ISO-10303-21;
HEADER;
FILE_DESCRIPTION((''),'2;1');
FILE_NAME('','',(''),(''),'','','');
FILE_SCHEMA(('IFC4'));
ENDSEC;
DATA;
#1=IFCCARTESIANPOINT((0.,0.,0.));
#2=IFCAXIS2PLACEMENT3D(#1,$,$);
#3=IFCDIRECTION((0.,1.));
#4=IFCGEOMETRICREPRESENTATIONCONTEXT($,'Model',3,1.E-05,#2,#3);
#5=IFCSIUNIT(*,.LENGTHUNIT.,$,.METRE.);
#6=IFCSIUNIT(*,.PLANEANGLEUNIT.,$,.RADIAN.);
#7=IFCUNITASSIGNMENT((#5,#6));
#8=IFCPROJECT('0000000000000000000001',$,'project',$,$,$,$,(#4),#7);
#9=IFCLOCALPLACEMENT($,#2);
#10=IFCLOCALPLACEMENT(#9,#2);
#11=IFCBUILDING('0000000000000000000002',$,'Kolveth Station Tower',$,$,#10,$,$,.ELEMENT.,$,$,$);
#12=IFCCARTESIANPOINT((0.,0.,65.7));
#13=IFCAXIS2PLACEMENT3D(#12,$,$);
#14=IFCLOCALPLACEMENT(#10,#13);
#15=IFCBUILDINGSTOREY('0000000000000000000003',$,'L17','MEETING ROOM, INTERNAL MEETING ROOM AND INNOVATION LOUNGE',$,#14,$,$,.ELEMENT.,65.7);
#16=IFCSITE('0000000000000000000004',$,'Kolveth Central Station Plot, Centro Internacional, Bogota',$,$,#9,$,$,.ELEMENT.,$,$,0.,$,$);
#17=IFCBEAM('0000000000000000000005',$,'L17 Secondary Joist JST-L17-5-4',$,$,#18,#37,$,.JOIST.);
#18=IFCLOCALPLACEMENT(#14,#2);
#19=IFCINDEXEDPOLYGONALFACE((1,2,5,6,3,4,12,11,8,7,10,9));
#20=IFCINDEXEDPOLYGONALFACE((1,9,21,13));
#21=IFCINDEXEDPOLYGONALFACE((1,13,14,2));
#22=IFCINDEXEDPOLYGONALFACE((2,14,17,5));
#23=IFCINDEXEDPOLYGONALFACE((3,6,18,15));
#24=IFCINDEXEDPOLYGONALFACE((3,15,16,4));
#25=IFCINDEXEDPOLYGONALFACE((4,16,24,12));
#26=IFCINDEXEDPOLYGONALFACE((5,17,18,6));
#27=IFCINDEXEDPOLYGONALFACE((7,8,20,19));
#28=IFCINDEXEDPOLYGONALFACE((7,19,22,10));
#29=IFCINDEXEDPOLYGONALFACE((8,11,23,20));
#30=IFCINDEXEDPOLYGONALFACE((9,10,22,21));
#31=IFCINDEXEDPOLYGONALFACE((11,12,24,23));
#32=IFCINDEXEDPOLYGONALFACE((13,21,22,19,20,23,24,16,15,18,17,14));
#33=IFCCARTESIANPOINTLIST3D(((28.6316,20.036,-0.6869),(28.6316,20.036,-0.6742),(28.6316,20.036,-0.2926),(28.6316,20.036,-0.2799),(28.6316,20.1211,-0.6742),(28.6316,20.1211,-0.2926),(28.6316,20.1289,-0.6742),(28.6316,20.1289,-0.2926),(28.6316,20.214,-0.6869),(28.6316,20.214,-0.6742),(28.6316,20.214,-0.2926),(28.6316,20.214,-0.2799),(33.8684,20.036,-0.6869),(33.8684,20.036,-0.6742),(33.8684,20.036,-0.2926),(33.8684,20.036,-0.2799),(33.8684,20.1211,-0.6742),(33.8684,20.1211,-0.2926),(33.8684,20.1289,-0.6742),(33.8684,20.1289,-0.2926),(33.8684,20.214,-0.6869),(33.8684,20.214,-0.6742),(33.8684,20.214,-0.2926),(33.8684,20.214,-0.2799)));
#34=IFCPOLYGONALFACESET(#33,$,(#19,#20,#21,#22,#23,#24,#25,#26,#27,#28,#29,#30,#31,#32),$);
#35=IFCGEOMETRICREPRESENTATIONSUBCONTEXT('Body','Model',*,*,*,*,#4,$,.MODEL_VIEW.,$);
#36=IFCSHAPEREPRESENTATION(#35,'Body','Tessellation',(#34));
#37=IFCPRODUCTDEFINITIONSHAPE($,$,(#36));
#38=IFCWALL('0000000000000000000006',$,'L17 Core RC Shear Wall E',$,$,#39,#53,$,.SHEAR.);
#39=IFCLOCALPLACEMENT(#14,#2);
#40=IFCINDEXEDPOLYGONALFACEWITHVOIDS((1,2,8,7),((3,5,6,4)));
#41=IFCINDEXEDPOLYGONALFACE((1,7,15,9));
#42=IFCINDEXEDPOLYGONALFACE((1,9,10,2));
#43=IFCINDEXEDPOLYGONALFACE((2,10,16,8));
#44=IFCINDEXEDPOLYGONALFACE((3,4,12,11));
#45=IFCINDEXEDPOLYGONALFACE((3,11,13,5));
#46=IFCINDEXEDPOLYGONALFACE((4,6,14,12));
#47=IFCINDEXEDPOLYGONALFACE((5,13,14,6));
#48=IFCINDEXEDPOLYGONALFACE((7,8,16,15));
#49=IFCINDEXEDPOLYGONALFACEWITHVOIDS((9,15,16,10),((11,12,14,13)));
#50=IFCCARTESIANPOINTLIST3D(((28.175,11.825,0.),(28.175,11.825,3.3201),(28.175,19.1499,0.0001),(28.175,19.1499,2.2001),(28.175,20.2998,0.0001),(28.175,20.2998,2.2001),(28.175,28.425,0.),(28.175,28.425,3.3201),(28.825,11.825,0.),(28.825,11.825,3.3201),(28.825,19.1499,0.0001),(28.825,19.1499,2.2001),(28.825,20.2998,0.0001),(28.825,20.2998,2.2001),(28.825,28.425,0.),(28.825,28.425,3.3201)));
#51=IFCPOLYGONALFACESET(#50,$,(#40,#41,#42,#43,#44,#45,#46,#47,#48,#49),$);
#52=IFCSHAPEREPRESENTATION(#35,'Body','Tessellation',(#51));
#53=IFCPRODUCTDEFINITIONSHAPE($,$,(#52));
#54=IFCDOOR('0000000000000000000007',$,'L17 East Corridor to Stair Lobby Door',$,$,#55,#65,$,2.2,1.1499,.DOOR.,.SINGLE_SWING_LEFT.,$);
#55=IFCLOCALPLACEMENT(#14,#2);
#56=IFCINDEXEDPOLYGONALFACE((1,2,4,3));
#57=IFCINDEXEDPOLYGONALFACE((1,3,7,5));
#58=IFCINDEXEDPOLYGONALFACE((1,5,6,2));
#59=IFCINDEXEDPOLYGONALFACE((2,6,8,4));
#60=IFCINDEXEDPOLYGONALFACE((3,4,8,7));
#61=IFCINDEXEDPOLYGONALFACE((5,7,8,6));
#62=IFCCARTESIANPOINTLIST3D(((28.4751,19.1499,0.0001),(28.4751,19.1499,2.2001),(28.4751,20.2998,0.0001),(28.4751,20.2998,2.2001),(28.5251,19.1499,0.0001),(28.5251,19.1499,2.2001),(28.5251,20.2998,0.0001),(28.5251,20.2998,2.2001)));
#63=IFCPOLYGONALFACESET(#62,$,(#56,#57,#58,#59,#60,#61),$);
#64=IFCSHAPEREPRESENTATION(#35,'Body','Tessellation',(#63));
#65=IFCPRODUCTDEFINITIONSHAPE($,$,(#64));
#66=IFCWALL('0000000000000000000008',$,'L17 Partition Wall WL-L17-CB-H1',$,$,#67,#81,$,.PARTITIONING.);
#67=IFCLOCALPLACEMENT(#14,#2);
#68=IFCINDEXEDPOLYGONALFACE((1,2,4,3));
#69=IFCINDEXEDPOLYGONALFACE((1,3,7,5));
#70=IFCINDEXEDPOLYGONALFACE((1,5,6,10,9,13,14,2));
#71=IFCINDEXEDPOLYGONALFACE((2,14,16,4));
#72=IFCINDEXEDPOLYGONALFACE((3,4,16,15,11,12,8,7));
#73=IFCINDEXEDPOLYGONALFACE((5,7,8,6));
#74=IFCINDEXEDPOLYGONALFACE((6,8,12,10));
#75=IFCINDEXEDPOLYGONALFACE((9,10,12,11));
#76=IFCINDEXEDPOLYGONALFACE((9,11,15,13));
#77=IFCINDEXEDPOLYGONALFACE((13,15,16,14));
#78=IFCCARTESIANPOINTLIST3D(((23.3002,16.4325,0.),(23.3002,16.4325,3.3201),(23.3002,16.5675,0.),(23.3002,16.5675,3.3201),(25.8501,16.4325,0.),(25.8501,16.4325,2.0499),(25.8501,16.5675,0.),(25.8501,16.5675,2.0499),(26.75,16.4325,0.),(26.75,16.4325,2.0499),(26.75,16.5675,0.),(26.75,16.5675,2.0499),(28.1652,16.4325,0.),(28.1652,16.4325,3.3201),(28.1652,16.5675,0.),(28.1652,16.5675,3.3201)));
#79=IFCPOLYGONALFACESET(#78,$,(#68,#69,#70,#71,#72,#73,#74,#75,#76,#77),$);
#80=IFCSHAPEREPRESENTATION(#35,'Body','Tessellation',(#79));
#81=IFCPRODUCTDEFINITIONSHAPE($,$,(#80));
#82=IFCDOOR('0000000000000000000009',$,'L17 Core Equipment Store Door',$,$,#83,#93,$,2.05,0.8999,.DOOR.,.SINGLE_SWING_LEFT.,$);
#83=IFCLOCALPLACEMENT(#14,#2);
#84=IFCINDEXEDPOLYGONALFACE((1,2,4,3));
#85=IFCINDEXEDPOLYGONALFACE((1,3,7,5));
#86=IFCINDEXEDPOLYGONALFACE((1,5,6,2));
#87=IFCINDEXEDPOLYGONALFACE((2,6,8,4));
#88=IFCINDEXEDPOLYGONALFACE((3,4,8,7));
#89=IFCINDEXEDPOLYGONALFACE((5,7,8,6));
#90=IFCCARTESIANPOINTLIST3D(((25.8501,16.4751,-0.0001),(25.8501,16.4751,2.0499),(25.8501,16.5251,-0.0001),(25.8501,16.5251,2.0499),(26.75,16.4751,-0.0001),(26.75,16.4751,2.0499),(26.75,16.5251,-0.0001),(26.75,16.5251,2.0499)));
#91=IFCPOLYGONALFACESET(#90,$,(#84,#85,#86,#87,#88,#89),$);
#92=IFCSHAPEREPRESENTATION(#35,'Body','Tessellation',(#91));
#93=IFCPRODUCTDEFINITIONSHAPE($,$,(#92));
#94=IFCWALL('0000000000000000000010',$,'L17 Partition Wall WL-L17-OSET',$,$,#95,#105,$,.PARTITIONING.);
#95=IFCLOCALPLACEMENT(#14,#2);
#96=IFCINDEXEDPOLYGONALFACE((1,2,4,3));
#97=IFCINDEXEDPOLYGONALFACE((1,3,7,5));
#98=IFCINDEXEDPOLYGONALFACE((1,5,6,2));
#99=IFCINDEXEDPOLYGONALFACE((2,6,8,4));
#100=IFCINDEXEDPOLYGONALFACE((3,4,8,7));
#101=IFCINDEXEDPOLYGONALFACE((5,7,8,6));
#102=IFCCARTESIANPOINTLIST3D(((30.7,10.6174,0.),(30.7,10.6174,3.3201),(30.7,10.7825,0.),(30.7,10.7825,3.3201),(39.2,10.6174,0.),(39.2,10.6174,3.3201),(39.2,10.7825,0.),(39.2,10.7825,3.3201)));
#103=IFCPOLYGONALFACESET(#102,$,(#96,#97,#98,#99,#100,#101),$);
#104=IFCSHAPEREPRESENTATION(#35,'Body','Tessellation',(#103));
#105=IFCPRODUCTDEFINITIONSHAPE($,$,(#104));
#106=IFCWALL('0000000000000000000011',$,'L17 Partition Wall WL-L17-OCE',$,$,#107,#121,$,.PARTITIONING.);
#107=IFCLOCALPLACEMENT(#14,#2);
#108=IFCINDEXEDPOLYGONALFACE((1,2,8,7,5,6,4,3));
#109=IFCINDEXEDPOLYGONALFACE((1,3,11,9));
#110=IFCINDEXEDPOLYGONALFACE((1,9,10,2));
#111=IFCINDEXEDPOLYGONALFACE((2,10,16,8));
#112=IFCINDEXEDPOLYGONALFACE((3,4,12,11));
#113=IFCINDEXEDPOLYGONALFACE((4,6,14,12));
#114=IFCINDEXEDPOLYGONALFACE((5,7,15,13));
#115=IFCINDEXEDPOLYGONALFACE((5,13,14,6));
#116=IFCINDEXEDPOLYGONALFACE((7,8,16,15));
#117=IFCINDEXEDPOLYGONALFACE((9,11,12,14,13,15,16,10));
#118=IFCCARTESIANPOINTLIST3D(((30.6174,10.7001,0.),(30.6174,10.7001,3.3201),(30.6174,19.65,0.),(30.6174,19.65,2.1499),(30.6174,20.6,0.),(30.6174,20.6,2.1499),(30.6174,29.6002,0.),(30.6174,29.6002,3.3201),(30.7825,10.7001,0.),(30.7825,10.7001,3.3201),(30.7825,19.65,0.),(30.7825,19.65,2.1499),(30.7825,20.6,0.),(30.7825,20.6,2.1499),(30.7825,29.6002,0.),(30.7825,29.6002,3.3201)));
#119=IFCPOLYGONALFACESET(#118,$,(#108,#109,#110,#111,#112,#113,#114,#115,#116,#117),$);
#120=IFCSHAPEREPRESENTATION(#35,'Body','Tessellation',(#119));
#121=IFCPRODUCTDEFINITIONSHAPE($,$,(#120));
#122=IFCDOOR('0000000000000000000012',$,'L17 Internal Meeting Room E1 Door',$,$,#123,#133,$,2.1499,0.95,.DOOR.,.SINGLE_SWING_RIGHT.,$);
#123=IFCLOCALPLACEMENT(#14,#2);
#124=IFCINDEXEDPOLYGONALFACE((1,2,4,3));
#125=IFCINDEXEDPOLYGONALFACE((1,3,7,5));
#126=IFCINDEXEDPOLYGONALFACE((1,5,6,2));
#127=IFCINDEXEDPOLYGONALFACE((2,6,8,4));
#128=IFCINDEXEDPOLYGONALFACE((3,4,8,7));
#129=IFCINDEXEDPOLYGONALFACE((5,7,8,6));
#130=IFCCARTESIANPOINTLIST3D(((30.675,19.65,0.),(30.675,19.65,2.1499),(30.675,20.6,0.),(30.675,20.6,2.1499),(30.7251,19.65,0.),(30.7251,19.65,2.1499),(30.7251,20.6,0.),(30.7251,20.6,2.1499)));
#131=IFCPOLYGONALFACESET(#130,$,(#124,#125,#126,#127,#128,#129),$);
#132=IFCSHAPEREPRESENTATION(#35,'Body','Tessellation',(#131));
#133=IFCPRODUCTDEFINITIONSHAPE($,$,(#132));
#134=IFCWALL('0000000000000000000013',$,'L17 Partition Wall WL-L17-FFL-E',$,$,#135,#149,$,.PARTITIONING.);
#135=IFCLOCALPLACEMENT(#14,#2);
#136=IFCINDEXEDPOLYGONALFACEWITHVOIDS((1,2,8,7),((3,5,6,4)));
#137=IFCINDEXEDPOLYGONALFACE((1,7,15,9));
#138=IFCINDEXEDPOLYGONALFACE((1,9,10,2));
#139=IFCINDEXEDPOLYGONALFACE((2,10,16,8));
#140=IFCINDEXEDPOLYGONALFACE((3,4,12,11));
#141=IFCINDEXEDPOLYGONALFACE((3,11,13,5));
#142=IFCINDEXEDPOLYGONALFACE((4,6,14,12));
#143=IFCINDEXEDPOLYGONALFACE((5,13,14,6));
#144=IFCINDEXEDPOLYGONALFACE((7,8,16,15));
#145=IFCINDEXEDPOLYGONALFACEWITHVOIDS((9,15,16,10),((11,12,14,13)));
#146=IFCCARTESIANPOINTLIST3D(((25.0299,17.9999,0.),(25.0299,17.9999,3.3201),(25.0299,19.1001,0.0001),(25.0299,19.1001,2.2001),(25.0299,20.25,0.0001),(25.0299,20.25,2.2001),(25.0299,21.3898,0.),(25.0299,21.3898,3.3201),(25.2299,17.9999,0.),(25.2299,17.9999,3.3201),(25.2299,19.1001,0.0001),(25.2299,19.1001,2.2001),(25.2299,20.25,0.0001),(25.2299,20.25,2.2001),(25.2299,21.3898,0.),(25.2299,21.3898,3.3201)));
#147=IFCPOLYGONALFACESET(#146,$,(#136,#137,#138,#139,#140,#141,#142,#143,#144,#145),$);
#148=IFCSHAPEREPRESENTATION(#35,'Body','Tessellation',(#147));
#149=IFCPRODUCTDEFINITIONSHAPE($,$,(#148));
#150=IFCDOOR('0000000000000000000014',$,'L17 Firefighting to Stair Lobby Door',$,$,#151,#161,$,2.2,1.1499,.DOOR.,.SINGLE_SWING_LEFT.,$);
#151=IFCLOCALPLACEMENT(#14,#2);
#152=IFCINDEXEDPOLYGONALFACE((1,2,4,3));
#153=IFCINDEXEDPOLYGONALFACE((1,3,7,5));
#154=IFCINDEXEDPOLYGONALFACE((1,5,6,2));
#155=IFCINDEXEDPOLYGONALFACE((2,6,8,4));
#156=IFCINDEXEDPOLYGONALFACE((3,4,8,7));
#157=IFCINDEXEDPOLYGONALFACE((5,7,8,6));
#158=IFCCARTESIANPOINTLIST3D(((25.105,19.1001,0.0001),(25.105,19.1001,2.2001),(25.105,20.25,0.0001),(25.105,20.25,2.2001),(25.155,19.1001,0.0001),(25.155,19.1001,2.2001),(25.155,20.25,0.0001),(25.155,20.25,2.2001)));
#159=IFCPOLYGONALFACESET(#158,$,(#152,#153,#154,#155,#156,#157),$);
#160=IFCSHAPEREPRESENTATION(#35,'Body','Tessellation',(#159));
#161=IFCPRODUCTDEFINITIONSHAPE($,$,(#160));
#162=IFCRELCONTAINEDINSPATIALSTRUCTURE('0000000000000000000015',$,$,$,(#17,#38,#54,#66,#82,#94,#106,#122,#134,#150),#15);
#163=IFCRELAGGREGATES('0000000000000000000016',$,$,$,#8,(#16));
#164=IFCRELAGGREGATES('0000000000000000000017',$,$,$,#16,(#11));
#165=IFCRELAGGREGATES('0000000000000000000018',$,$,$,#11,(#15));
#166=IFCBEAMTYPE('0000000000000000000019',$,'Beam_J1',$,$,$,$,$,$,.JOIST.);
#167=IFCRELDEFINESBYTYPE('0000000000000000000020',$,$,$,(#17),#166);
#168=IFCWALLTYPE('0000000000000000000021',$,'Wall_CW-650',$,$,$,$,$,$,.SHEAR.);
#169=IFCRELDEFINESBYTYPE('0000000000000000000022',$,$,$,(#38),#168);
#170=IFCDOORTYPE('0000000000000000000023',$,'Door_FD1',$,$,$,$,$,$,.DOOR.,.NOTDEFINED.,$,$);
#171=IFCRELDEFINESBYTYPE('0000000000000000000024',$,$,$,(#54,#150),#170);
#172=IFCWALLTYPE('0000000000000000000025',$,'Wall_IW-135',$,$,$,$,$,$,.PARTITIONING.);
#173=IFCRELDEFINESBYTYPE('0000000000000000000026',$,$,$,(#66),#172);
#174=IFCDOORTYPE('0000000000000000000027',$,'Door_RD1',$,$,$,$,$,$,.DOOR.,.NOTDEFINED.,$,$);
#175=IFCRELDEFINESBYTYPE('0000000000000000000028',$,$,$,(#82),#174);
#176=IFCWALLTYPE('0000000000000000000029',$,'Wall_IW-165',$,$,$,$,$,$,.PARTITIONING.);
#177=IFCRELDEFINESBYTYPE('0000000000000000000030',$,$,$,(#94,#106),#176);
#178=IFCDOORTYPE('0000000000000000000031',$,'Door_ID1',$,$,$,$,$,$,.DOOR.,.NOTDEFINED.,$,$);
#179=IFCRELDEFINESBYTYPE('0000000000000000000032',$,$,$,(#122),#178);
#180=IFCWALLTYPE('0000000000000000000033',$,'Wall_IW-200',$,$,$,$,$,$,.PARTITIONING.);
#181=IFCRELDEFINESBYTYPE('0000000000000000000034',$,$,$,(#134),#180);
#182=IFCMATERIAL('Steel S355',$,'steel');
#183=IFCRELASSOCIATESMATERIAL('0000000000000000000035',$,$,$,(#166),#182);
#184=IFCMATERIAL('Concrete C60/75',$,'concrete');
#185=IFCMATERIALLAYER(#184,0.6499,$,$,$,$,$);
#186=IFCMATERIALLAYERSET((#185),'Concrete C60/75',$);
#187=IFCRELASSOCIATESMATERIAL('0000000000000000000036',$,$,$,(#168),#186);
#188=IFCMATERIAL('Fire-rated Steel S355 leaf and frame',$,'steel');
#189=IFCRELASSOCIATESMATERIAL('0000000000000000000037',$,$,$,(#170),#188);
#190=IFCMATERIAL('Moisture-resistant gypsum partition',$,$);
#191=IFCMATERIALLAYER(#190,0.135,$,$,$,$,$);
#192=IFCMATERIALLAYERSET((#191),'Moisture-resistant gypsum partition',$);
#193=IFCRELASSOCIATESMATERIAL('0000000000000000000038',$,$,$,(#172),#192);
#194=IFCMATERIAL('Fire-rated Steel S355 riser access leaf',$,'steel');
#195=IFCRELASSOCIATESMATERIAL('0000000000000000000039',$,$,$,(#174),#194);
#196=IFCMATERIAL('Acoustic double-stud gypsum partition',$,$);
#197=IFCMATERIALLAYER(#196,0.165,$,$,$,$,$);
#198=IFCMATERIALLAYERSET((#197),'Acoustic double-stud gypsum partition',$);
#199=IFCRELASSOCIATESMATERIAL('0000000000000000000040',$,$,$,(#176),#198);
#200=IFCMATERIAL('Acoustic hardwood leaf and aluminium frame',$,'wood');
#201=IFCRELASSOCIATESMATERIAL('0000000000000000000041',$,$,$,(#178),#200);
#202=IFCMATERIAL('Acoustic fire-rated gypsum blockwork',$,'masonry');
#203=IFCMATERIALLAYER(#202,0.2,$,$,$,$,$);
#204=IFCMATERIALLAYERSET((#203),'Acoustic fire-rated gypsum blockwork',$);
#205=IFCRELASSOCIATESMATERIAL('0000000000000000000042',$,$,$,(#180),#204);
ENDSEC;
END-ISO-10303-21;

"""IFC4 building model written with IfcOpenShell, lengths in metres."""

from ifc_helpers import new_model, si_unit, direction, frame, frame_2d, origin, origin_2d, place, context, subcontext, project, spatial, rectangle, i_section, extrude, source, transform, mapped, material, layer, layer_set, material_profile, profile_set, type_object, element, fill, save


model = new_model("IFC4")

# Units and contexts
model_context = context("Model", 3, precision=1e-05, world=origin(), true_north=direction((0.0, 1.0)))
body_context = subcontext(model_context, "Body", "Model", "MODEL_VIEW")
ifc_project = project(units=[si_unit("LENGTHUNIT", "METRE"), si_unit("PLANEANGLEUNIT", "RADIAN")], contexts=[model_context])

# Site, building, storey
site_placement = place(None, origin())
site = spatial("IfcSite", under=ifc_project, at=site_placement, Name="Kolveth Central Station Plot, Centro Internacional, Bogota", CompositionType="ELEMENT", RefElevation=0.0)
building_placement = place(site_placement, origin())
building = spatial("IfcBuilding", under=site, at=building_placement, Name="Kolveth Station Tower", CompositionType="ELEMENT")
storey_placement = place(building_placement, frame((0.0, 0.0, 65.7)))
storey = spatial("IfcBuildingStorey", under=building, at=storey_placement, Name="L17", Description="MEETING ROOM, INTERNAL MEETING ROOM AND INNOVATION LOUNGE", CompositionType="ELEMENT", Elevation=65.7)

# Beam
ifc_material_1 = material(Name="Steel S355", Category="steel")
ifc_material_profile_1 = material_profile(ifc_material_1, i_section(OverallWidth=0.178, OverallDepth=0.407, WebThickness=0.0078, FlangeThickness=0.0127, at=origin_2d()), Name="W410x60")
ifc_profile_set_1 = profile_set([ifc_material_profile_1], Name="Steel S355")
beam_type_1 = type_object("IfcBeamType", Name="Beam_J1", PredefinedType="JOIST", material=ifc_profile_set_1)
shared_shape_1 = source(origin(), body_context, "Body", "SweptSolid", [
    extrude(i_section(OverallWidth=0.178, OverallDepth=0.407, WebThickness=0.0078, FlangeThickness=0.0127, at=origin_2d()), origin(), (0.0, 0.0, 1.0), 5.2368),
])
for number, where, z_axis, x_axis, name in (
    (1, (28.6316, 20.125, -0.4834), (1.0, 0.0, 0.0), (0.0, 1.0, 0.0), "L17 Secondary Joist JST-L17-5-4"),
):
    element("IfcBeam", number, at=place(storey_placement, frame(where, z_axis=z_axis, x_axis=x_axis)), inside=storey, type_object=beam_type_1, Name=name, PredefinedType="JOIST", context=body_context, shape_type="MappedRepresentation", body=[
        mapped(shared_shape_1, transform((0.0, 0.0, 0.0), x_axis=(1.0, 0.0, 0.0), y_axis=(0.0, 1.0, 0.0), z_axis=(0.0, 0.0, 1.0), scale=1.0)),
    ])

# Walls, openings, doors
ifc_material_2 = material(Name="Concrete C60/75", Category="concrete")
ifc_layer_1 = layer(ifc_material_2, 0.6499)
ifc_layer_set_1 = layer_set([ifc_layer_1], Name="Concrete C60/75")
wall_type_1 = type_object("IfcWallType", Name="Wall_CW-650", PredefinedType="SHEAR", material=ifc_layer_set_1)
wall_1_placement = place(storey_placement, frame((28.5, 11.825, 0.0), z_axis=(0.0, 0.0, 1.0), x_axis=(0.0, 1.0, 0.0)))
wall_1 = element("IfcWall", 2, at=wall_1_placement, inside=storey, type_object=wall_type_1, Name="L17 Core RC Shear Wall E", PredefinedType="SHEAR", context=body_context, shape_type="SweptSolid", body=[
    extrude(rectangle(XDim=16.6001, YDim=0.6499, at=frame_2d((8.3, 0.0))), origin(), (0.0, 0.0, 1.0), 3.3201),
])
opening_1_placement = place(wall_1_placement, frame((7.325, 0.0, 0.0)))
opening_1 = element("IfcOpeningElement", 3, at=opening_1_placement, cuts=wall_1, PredefinedType="OPENING", context=body_context, shape_type="SweptSolid", body=[
    extrude(rectangle(XDim=1.1499, YDim=2.2, at=frame_2d((0.575, 1.1001))), frame((0.0, 0.335, 0.0), z_axis=(0.0, -1.0, 0.0), x_axis=(1.0, 0.0, 0.0)), (0.0, 0.0, 1.0), 0.6699),
])
ifc_material_3 = material(Name="Fire-rated Steel S355 leaf and frame", Category="steel")
door_type_1 = type_object("IfcDoorType", Name="Door_FD1", OperationType="NOTDEFINED", PredefinedType="DOOR", material=ifc_material_3)
door_1_placement = place(opening_1_placement, origin())
door_1 = element("IfcDoor", 4, at=door_1_placement, inside=storey, type_object=door_type_1, Name="L17 East Corridor to Stair Lobby Door", OperationType="SINGLE_SWING_LEFT", OverallHeight=2.2, OverallWidth=1.1499, PredefinedType="DOOR", context=body_context, shape_type="SweptSolid", body=[
    extrude(rectangle(XDim=1.1499, YDim=2.2, at=frame_2d((0.575, 1.1001))), frame((0.0, 0.0249, 0.0), z_axis=(0.0, -1.0, 0.0), x_axis=(1.0, 0.0, 0.0)), (0.0, 0.0, 1.0), 0.05),
])
fill(opening_1, door_1)
ifc_material_4 = material(Name="Moisture-resistant gypsum partition")
ifc_layer_2 = layer(ifc_material_4, 0.135)
ifc_layer_set_2 = layer_set([ifc_layer_2], Name="Moisture-resistant gypsum partition")
wall_type_2 = type_object("IfcWallType", Name="Wall_IW-135", PredefinedType="PARTITIONING", material=ifc_layer_set_2)
wall_2_placement = place(storey_placement, frame((23.3, 16.5, 0.0), z_axis=(0.0, 0.0, 1.0), x_axis=(1.0, 0.0, 0.0)))
wall_2 = element("IfcWall", 5, at=wall_2_placement, inside=storey, type_object=wall_type_2, Name="L17 Partition Wall WL-L17-CB-H1", PredefinedType="PARTITIONING", context=body_context, shape_type="SweptSolid", body=[
    extrude(rectangle(XDim=4.865, YDim=0.135, at=frame_2d((2.4326, 0.0))), origin(), (0.0, 0.0, 1.0), 3.3201),
])
opening_2_placement = place(wall_2_placement, frame((2.55, 0.0, 0.0)))
opening_2 = element("IfcOpeningElement", 6, at=opening_2_placement, cuts=wall_2, PredefinedType="OPENING", context=body_context, shape_type="SweptSolid", body=[
    extrude(rectangle(XDim=0.8999, YDim=2.05, at=frame_2d((0.45, 1.0249))), frame((0.0, 0.0774, 0.0), z_axis=(0.0, -1.0, 0.0), x_axis=(1.0, 0.0, 0.0)), (0.0, 0.0, 1.0), 0.155),
])
ifc_material_5 = material(Name="Fire-rated Steel S355 riser access leaf", Category="steel")
door_type_2 = type_object("IfcDoorType", Name="Door_RD1", OperationType="NOTDEFINED", PredefinedType="DOOR", material=ifc_material_5)
door_2_placement = place(opening_2_placement, frame((0.8999, 0.0, 0.0), z_axis=(0.0, 0.0, 1.0), x_axis=(-1.0, 0.0, 0.0)))
door_2 = element("IfcDoor", 7, at=door_2_placement, inside=storey, type_object=door_type_2, Name="L17 Core Equipment Store Door", OperationType="SINGLE_SWING_LEFT", OverallHeight=2.05, OverallWidth=0.8999, PredefinedType="DOOR", context=body_context, shape_type="SweptSolid", body=[
    extrude(rectangle(XDim=0.8999, YDim=2.05, at=frame_2d((0.45, 1.0249))), frame((0.0, 0.0249, 0.0), z_axis=(0.0, -1.0, 0.0), x_axis=(1.0, 0.0, 0.0)), (0.0, 0.0, 1.0), 0.05),
])
fill(opening_2, door_2)

# Wall
ifc_material_6 = material(Name="Acoustic double-stud gypsum partition")
ifc_layer_3 = layer(ifc_material_6, 0.165)
ifc_layer_set_3 = layer_set([ifc_layer_3], Name="Acoustic double-stud gypsum partition")
wall_type_3 = type_object("IfcWallType", Name="Wall_IW-165", PredefinedType="PARTITIONING", material=ifc_layer_set_3)
wall_3_placement = place(storey_placement, frame((30.7, 10.7, 0.0), z_axis=(0.0, 0.0, 1.0), x_axis=(1.0, 0.0, 0.0)))
element("IfcWall", 8, at=wall_3_placement, inside=storey, type_object=wall_type_3, Name="L17 Partition Wall WL-L17-OSET", PredefinedType="PARTITIONING", context=body_context, shape_type="SweptSolid", body=[
    extrude(rectangle(XDim=8.5, YDim=0.165, at=frame_2d((4.25, 0.0))), origin(), (0.0, 0.0, 1.0), 3.3201),
])

# Walls, openings, doors
wall_4_placement = place(storey_placement, frame((30.7, 10.7, 0.0), z_axis=(0.0, 0.0, 1.0), x_axis=(0.0, 1.0, 0.0)))
wall_4 = element("IfcWall", 9, at=wall_4_placement, inside=storey, type_object=wall_type_3, Name="L17 Partition Wall WL-L17-OCE", PredefinedType="PARTITIONING", context=body_context, shape_type="SweptSolid", body=[
    extrude(rectangle(XDim=18.9001, YDim=0.165, at=frame_2d((9.4502, 0.0))), origin(), (0.0, 0.0, 1.0), 3.3201),
])
opening_3_placement = place(wall_4_placement, frame((8.95, 0.0, 0.0)))
opening_3 = element("IfcOpeningElement", 10, at=opening_3_placement, cuts=wall_4, PredefinedType="OPENING", context=body_context, shape_type="SweptSolid", body=[
    extrude(rectangle(XDim=0.95, YDim=2.1499, at=frame_2d((0.4751, 1.075))), frame((0.0, 0.0925, 0.0), z_axis=(0.0, -1.0, 0.0), x_axis=(1.0, 0.0, 0.0)), (0.0, 0.0, 1.0), 0.1851),
])
ifc_material_7 = material(Name="Acoustic hardwood leaf and aluminium frame", Category="wood")
door_type_3 = type_object("IfcDoorType", Name="Door_ID1", OperationType="NOTDEFINED", PredefinedType="DOOR", material=ifc_material_7)
door_3_placement = place(opening_3_placement, origin())
door_3 = element("IfcDoor", 11, at=door_3_placement, inside=storey, type_object=door_type_3, Name="L17 Internal Meeting Room E1 Door", OperationType="SINGLE_SWING_RIGHT", OverallHeight=2.1499, OverallWidth=0.95, PredefinedType="DOOR", context=body_context, shape_type="SweptSolid", body=[
    extrude(rectangle(XDim=0.95, YDim=2.1499, at=frame_2d((0.4751, 1.075))), frame((0.0, 0.0249, 0.0), z_axis=(0.0, -1.0, 0.0), x_axis=(1.0, 0.0, 0.0)), (0.0, 0.0, 1.0), 0.05),
])
fill(opening_3, door_3)
ifc_material_8 = material(Name="Acoustic fire-rated gypsum blockwork", Category="masonry")
ifc_layer_4 = layer(ifc_material_8, 0.2)
ifc_layer_set_4 = layer_set([ifc_layer_4], Name="Acoustic fire-rated gypsum blockwork")
wall_type_4 = type_object("IfcWallType", Name="Wall_IW-200", PredefinedType="PARTITIONING", material=ifc_layer_set_4)
wall_5_placement = place(storey_placement, frame((25.1299, 18.0, 0.0), z_axis=(0.0, 0.0, 1.0), x_axis=(0.0, 1.0, 0.0)))
wall_5 = element("IfcWall", 12, at=wall_5_placement, inside=storey, type_object=wall_type_4, Name="L17 Partition Wall WL-L17-FFL-E", PredefinedType="PARTITIONING", context=body_context, shape_type="SweptSolid", body=[
    extrude(rectangle(XDim=3.3899, YDim=0.2, at=frame_2d((1.6948, 0.0))), origin(), (0.0, 0.0, 1.0), 3.3201),
])
opening_4_placement = place(wall_5_placement, frame((1.1001, 0.0, 0.0)))
opening_4 = element("IfcOpeningElement", 13, at=opening_4_placement, cuts=wall_5, PredefinedType="OPENING", context=body_context, shape_type="SweptSolid", body=[
    extrude(rectangle(XDim=1.1499, YDim=2.2, at=frame_2d((0.575, 1.1001))), frame((0.0, 0.1099, 0.0), z_axis=(0.0, -1.0, 0.0), x_axis=(1.0, 0.0, 0.0)), (0.0, 0.0, 1.0), 0.22),
])
door_4_placement = place(opening_4_placement, origin())
door_4 = element("IfcDoor", 14, at=door_4_placement, inside=storey, type_object=door_type_1, Name="L17 Firefighting to Stair Lobby Door", OperationType="SINGLE_SWING_LEFT", OverallHeight=2.2, OverallWidth=1.1499, PredefinedType="DOOR", context=body_context, shape_type="SweptSolid", body=[
    extrude(rectangle(XDim=1.1499, YDim=2.2, at=frame_2d((0.575, 1.1001))), frame((0.0, 0.0249, 0.0), z_axis=(0.0, -1.0, 0.0), x_axis=(1.0, 0.0, 0.0)), (0.0, 0.0, 1.0), 0.05),
])
fill(opening_4, door_4)

save(model, "model.ifc")
